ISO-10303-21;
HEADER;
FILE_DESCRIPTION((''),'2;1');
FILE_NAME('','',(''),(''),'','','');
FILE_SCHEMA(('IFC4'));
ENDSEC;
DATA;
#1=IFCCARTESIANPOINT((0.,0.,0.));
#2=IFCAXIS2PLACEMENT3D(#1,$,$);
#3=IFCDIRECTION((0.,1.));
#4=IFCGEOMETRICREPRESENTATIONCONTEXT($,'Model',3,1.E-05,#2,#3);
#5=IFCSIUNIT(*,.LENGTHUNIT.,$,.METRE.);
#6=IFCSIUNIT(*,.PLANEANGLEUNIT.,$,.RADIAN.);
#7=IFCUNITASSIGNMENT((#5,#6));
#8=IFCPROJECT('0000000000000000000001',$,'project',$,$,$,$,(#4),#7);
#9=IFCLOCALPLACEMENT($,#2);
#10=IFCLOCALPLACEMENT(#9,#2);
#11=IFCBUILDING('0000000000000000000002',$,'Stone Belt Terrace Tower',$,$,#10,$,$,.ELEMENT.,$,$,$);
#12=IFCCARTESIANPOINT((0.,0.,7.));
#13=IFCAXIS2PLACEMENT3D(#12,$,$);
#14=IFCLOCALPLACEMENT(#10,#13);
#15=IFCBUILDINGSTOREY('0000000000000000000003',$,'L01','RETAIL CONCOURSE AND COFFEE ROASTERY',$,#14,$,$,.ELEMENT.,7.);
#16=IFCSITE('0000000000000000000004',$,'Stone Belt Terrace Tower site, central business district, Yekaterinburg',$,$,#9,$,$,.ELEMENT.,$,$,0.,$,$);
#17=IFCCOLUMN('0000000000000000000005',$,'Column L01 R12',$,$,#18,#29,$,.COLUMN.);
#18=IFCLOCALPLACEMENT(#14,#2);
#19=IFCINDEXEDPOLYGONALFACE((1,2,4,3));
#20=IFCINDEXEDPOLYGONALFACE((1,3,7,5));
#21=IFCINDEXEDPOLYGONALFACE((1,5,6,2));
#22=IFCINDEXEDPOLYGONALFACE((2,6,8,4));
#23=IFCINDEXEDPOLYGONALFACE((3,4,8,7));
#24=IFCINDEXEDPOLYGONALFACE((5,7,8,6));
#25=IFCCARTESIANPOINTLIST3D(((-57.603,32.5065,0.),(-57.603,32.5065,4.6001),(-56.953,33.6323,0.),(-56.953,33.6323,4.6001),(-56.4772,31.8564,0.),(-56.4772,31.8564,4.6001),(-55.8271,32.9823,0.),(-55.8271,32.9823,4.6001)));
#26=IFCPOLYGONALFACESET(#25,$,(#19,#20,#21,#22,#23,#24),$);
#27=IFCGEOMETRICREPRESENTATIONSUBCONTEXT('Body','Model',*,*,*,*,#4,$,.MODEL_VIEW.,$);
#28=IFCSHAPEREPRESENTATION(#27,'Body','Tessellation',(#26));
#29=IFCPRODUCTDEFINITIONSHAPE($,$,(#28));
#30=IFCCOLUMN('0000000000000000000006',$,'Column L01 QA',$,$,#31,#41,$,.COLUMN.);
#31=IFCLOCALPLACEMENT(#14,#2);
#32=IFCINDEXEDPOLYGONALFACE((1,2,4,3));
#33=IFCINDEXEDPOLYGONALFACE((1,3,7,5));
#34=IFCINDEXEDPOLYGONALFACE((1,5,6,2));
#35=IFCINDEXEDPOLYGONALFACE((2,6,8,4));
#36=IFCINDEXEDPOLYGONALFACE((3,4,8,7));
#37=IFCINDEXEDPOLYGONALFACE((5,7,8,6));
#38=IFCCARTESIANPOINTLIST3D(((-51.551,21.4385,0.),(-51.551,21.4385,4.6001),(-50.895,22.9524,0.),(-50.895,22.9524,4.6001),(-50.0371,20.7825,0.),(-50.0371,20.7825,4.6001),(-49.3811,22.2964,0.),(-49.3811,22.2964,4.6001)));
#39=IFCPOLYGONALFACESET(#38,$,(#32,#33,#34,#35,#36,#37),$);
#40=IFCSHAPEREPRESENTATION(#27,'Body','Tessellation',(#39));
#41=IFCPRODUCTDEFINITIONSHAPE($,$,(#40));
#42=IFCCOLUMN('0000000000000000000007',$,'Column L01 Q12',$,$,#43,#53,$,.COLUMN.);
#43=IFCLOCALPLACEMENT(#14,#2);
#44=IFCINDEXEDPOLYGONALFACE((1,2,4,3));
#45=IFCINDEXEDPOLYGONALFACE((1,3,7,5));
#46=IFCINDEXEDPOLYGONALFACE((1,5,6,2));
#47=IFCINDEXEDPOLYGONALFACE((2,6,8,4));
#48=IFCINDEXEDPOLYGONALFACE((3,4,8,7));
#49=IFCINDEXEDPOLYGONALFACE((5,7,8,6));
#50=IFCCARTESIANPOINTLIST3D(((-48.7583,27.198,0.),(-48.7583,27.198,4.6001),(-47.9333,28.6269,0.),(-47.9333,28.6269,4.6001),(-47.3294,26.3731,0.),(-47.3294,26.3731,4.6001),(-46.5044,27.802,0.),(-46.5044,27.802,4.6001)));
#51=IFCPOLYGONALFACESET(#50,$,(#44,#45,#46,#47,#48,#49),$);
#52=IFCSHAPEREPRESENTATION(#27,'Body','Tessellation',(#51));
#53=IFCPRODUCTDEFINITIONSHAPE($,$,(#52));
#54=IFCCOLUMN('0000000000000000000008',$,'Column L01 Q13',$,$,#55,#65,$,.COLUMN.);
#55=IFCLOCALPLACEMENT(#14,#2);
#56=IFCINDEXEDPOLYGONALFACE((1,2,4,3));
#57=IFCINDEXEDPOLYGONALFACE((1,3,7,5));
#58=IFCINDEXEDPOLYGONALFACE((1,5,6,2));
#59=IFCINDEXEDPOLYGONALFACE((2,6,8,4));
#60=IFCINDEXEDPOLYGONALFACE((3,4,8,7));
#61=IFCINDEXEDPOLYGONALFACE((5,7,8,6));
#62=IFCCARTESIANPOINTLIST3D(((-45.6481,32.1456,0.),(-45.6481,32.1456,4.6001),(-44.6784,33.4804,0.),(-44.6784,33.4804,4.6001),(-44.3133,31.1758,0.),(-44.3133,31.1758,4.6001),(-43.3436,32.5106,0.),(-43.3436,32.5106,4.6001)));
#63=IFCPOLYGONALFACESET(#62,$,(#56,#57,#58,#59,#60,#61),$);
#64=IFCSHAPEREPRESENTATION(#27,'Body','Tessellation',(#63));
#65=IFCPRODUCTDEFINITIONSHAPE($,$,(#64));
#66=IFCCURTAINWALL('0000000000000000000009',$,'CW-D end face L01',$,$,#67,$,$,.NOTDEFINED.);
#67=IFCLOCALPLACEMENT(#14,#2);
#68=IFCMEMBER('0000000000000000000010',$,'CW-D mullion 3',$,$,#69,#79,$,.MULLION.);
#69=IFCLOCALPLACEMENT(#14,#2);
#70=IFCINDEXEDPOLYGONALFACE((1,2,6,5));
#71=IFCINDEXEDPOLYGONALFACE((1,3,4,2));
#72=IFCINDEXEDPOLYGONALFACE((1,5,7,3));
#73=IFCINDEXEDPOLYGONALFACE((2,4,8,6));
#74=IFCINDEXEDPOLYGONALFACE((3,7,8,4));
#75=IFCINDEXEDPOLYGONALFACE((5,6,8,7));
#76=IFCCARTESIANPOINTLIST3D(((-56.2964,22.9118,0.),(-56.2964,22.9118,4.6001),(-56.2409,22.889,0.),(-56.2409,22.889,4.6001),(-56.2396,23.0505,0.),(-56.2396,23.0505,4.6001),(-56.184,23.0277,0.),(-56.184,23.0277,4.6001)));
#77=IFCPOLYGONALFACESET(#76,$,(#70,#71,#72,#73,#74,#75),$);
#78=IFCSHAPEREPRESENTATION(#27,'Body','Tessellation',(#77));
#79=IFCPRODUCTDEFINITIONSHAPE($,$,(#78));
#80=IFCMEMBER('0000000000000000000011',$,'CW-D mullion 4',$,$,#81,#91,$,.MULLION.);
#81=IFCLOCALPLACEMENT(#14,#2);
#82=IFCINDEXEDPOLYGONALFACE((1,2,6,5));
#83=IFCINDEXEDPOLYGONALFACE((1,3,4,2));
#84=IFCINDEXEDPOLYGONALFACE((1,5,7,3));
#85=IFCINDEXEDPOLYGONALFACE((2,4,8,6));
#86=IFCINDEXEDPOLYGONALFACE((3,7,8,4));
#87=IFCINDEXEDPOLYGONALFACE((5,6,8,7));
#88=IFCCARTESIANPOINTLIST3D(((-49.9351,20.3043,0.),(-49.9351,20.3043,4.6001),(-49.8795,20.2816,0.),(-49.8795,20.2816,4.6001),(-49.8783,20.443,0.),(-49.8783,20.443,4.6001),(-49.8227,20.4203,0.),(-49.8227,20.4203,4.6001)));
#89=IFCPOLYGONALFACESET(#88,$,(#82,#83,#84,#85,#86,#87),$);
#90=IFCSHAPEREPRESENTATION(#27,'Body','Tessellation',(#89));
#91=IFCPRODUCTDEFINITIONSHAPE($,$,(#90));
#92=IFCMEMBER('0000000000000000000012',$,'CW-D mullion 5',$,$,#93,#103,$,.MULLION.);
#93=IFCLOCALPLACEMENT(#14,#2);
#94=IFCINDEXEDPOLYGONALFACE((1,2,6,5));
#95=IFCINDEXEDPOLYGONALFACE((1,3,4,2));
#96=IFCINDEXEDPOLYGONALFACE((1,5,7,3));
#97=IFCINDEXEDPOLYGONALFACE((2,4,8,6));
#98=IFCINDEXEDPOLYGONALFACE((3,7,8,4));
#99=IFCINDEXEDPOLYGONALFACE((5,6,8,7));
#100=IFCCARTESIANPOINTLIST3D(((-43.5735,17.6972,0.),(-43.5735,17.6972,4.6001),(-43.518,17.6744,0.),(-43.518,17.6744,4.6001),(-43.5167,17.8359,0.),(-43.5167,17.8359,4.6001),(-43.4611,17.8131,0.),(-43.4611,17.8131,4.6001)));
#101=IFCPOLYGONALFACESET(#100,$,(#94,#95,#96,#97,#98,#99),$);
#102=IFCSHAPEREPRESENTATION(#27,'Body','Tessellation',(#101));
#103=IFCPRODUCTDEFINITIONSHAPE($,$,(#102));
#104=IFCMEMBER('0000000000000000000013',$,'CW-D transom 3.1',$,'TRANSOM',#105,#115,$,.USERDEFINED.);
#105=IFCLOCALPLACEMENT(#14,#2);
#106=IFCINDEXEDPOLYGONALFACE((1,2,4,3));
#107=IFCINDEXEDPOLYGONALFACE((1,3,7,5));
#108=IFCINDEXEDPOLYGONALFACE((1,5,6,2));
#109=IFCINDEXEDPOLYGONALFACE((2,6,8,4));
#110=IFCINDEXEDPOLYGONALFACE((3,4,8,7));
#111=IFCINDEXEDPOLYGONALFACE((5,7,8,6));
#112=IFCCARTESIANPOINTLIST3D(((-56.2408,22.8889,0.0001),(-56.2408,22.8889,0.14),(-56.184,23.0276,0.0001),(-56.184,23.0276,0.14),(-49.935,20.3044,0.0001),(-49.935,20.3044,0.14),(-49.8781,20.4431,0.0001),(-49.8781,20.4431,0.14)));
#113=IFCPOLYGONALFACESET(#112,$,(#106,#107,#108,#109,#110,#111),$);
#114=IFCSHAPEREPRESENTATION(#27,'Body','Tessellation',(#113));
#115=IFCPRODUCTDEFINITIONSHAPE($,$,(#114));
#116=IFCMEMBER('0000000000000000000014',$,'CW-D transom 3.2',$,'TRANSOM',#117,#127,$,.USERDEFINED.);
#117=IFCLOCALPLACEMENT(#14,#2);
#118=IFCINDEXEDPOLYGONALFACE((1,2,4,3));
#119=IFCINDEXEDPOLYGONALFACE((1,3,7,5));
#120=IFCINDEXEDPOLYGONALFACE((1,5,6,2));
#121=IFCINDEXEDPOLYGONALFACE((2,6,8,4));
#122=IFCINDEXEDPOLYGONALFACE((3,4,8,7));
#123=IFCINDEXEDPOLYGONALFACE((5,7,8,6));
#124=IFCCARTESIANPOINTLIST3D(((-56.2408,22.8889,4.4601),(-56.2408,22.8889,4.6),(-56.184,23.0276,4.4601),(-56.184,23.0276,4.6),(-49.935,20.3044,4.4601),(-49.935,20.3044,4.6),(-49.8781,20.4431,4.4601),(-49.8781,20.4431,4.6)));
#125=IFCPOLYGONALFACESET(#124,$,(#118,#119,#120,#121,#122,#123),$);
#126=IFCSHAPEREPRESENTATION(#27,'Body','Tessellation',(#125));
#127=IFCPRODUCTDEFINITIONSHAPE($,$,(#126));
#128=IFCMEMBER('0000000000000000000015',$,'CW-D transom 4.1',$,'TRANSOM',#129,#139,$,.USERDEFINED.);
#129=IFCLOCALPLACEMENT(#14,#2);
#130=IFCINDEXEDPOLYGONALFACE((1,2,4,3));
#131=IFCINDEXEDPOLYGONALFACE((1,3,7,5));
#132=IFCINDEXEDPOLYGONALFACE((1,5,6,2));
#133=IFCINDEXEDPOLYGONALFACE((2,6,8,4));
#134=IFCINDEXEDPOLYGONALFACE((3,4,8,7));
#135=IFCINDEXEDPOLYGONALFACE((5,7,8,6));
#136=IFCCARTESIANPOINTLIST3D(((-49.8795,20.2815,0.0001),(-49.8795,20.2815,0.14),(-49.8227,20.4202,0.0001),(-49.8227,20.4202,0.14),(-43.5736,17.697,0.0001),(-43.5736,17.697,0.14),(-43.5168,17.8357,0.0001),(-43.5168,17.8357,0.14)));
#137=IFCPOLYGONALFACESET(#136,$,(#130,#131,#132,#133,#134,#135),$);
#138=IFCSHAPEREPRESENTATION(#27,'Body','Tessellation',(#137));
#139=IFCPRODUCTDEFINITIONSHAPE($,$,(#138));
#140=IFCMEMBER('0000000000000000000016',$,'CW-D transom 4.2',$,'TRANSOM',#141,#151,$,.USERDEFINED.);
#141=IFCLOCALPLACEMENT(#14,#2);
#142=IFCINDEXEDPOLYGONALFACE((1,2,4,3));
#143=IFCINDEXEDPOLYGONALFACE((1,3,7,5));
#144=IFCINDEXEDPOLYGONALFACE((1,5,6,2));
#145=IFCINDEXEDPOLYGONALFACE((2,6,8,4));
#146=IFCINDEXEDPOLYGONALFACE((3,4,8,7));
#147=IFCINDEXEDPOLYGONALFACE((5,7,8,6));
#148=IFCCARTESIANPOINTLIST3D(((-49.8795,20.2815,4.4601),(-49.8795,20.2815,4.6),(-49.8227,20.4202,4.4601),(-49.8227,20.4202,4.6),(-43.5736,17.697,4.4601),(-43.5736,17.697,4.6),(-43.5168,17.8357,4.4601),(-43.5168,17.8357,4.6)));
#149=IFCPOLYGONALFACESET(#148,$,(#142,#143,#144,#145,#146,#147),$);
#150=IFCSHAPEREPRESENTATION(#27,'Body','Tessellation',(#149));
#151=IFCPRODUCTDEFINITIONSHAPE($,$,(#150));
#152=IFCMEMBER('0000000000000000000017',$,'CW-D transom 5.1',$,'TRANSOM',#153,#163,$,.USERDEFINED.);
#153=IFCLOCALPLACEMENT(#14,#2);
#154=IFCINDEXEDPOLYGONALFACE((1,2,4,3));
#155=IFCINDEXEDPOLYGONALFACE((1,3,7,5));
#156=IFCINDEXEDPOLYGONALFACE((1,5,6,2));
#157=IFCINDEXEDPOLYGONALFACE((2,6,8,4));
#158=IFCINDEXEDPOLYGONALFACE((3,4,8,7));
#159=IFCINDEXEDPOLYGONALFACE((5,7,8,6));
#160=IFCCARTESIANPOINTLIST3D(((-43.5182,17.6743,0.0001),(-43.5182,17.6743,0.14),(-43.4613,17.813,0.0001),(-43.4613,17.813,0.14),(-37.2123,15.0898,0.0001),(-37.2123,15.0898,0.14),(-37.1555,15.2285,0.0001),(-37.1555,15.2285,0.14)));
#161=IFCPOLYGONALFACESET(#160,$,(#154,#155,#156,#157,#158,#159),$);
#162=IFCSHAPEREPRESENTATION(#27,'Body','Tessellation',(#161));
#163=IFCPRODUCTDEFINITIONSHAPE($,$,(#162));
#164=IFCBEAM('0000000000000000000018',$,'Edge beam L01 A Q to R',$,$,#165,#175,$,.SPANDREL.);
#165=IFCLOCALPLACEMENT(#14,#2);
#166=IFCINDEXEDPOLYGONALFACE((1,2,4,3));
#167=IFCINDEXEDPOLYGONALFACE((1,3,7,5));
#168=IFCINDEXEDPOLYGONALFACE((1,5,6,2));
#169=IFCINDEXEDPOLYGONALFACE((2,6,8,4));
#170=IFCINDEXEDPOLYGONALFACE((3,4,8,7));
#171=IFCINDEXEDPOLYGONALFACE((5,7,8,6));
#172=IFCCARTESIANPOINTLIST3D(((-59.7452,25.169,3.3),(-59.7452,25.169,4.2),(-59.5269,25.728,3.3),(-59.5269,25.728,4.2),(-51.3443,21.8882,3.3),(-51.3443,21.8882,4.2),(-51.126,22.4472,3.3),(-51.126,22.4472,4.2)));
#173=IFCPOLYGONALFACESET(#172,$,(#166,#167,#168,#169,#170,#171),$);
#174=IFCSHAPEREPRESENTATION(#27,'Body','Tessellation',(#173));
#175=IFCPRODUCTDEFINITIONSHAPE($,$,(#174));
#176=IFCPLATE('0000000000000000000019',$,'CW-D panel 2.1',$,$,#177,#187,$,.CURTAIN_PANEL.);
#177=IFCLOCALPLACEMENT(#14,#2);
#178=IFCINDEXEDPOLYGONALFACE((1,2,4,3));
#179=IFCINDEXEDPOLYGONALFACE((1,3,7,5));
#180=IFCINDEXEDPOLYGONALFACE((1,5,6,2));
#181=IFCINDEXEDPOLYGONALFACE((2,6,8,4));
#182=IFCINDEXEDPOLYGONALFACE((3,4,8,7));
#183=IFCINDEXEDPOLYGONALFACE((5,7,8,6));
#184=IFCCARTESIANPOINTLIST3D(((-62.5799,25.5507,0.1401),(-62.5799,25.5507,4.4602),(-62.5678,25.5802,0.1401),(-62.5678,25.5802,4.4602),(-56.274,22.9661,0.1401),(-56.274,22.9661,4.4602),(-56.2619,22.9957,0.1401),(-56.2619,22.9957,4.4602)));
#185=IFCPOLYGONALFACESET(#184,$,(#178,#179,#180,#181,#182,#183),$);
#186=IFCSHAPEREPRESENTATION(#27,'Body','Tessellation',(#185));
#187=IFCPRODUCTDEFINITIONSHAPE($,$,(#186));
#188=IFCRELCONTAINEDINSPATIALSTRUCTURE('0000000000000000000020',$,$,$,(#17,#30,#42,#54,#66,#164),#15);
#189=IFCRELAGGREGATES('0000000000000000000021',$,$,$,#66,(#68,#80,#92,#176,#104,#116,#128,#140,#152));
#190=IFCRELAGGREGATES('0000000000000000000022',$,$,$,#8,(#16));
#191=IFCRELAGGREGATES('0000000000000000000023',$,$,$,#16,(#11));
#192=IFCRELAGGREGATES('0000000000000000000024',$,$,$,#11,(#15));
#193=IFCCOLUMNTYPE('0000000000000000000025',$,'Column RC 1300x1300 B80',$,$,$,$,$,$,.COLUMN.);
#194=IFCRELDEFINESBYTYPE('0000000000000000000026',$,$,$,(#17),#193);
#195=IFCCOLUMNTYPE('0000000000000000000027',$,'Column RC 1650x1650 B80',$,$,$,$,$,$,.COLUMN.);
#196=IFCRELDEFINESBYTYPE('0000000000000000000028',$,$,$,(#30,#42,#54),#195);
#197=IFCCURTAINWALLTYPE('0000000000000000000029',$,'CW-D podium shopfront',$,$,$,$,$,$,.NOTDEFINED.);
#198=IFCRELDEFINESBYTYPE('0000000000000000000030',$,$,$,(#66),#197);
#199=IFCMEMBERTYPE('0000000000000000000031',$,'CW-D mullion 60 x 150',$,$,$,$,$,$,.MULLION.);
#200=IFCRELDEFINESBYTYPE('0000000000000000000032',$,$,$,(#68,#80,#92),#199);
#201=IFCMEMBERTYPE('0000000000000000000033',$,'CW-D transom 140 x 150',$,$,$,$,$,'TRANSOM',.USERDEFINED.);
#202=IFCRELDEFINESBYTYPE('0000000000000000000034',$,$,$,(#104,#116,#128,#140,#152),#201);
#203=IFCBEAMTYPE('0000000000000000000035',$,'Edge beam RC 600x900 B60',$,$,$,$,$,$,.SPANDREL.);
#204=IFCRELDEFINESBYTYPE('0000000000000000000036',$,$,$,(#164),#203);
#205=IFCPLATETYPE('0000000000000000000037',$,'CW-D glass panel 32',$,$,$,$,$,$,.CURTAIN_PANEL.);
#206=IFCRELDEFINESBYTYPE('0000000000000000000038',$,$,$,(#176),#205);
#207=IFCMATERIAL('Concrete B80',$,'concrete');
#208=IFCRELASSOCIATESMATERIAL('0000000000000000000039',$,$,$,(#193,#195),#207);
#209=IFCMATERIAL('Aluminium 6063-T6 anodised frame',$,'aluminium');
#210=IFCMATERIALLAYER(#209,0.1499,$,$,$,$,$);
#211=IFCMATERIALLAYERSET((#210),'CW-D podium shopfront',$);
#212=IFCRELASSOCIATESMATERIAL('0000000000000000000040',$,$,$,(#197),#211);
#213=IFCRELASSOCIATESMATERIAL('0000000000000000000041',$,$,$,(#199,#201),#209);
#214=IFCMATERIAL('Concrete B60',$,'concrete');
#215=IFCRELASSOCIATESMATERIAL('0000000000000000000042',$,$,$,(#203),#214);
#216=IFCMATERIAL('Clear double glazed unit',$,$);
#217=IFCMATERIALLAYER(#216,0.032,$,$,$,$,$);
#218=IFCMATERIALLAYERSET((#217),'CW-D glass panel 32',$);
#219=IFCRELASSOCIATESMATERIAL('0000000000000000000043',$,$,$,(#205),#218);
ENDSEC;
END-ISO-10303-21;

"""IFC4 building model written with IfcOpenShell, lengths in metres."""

from ifc_helpers import new_model, si_unit, direction, frame, origin, origin_2d, place, context, subcontext, project, spatial, rectangle, extrude, material, layer, layer_set, material_profile, profile_set, type_object, element, aggregate, save


model = new_model("IFC4")

# Units and contexts
model_context = context("Model", 3, precision=1e-05, world=origin(), true_north=direction((0.0, 1.0)))
body_context = subcontext(model_context, "Body", "Model", "MODEL_VIEW")
ifc_project = project(units=[si_unit("LENGTHUNIT", "METRE"), si_unit("PLANEANGLEUNIT", "RADIAN")], contexts=[model_context])

# Site, building, storey
site_placement = place(None, origin())
site = spatial("IfcSite", under=ifc_project, at=site_placement, Name="Stone Belt Terrace Tower site, central business district, Yekaterinburg", CompositionType="ELEMENT", RefElevation=0.0)
building_placement = place(site_placement, origin())
building = spatial("IfcBuilding", under=site, at=building_placement, Name="Stone Belt Terrace Tower", CompositionType="ELEMENT")
storey_placement = place(building_placement, frame((0.0, 0.0, 7.0)))
storey = spatial("IfcBuildingStorey", under=building, at=storey_placement, Name="L01", Description="RETAIL CONCOURSE AND COFFEE ROASTERY", CompositionType="ELEMENT", Elevation=7.0)

# Columns
ifc_material_1 = material(Name="Concrete B80", Category="concrete")
ifc_material_profile_1 = material_profile(ifc_material_1, rectangle(XDim=1.3, YDim=1.3, at=origin_2d()), Name="RC 1300x1300")
ifc_profile_set_1 = profile_set([ifc_material_profile_1], Name="Concrete B80")
column_type_1 = type_object("IfcColumnType", Name="Column RC 1300x1300 B80", PredefinedType="COLUMN", material=ifc_profile_set_1)
column_placement = place(storey_placement, frame((-56.7151, 32.7444, 0.0), z_axis=(0.0, 0.0, 1.0), x_axis=(0.5, 0.866025, 0.0)))
element("IfcColumn", 1, at=column_placement, inside=storey, type_object=column_type_1, Name="Column L01 R12", PredefinedType="COLUMN", context=body_context, shape_type="SweptSolid", body=[
    extrude(rectangle(XDim=1.3, YDim=1.3, at=origin_2d()), origin(), (0.0, 0.0, 1.0), 4.6001),
])
ifc_material_profile_2 = material_profile(ifc_material_1, rectangle(XDim=1.6499, YDim=1.6499, at=origin_2d()), Name="RC 1650x1650")
ifc_profile_set_2 = profile_set([ifc_material_profile_2], Name="Concrete B80")
column_type_2 = type_object("IfcColumnType", Name="Column RC 1650x1650 B80", PredefinedType="COLUMN", material=ifc_profile_set_2)
for number, where, z_axis, x_axis, name in (
    (2, (-50.4661, 21.8674, 0.0), (0.0, 0.0, 1.0), (0.397588, 0.917564, 0.0), "Column L01 QA"),
    (3, (-47.6313, 27.5, 0.0), (0.0, 0.0, 1.0), (0.5, 0.866025, 0.0), "Column L01 Q12"),
    (4, (-44.4958, 32.3281, 0.0), (0.0, 0.0, 1.0), (0.587785, 0.809017, 0.0), "Column L01 Q13"),
):
    element("IfcColumn", number, at=place(storey_placement, frame(where, z_axis=z_axis, x_axis=x_axis)), inside=storey, type_object=column_type_2, Name=name, PredefinedType="COLUMN", context=body_context, shape_type="SweptSolid", body=[
        extrude(rectangle(XDim=1.6499, YDim=1.6499, at=origin_2d()), origin(), (0.0, 0.0, 1.0), 4.6001),
    ])

# Curtain wall, members
ifc_material_2 = material(Name="Aluminium 6063-T6 anodised frame", Category="aluminium")
ifc_layer_1 = layer(ifc_material_2, 0.1499)
ifc_layer_set_1 = layer_set([ifc_layer_1], Name="CW-D podium shopfront")
curtain_wall_type = type_object("IfcCurtainWallType", Name="CW-D podium shopfront", PredefinedType="NOTDEFINED", material=ifc_layer_set_1)
curtain_wall_placement = place(storey_placement, origin())
curtain_wall = element("IfcCurtainWall", 5, at=curtain_wall_placement, inside=storey, type_object=curtain_wall_type, Name="CW-D end face L01", PredefinedType="NOTDEFINED")
ifc_material_profile_3 = material_profile(ifc_material_2, rectangle(XDim=0.1499, YDim=0.0601, at=origin_2d()), Name="Aluminium 6063-T6 60x150")
ifc_profile_set_3 = profile_set([ifc_material_profile_3], Name="Aluminium 6063-T6 anodised frame")
member_type_1 = type_object("IfcMemberType", Name="CW-D mullion 60 x 150", PredefinedType="MULLION", material=ifc_profile_set_3)
member_1_placement = place(storey_placement, frame((-56.2402, 22.9697, 0.0), z_axis=(0.0, 0.0, 1.0), x_axis=(0.379243, 0.925297, 0.0)))
member_1 = element("IfcMember", 6, at=member_1_placement, type_object=member_type_1, Name="CW-D mullion 3", PredefinedType="MULLION", context=body_context, shape_type="SweptSolid", body=[
    extrude(rectangle(XDim=0.1499, YDim=0.0601, at=origin_2d()), origin(), (0.0, 0.0, 1.0), 4.6001),
])
member_2_placement = place(storey_placement, frame((-49.8789, 20.3623, 0.0), z_axis=(0.0, 0.0, 1.0), x_axis=(0.379243, 0.925297, 0.0)))
member_2 = element("IfcMember", 7, at=member_2_placement, type_object=member_type_1, Name="CW-D mullion 4", PredefinedType="MULLION", context=body_context, shape_type="SweptSolid", body=[
    extrude(rectangle(XDim=0.1499, YDim=0.0601, at=origin_2d()), origin(), (0.0, 0.0, 1.0), 4.6001),
])
member_3_placement = place(storey_placement, frame((-43.5173, 17.7551, 0.0), z_axis=(0.0, 0.0, 1.0), x_axis=(0.379243, 0.925297, 0.0)))
member_3 = element("IfcMember", 8, at=member_3_placement, type_object=member_type_1, Name="CW-D mullion 5", PredefinedType="MULLION", context=body_context, shape_type="SweptSolid", body=[
    extrude(rectangle(XDim=0.1499, YDim=0.0601, at=origin_2d()), origin(), (0.0, 0.0, 1.0), 4.6001),
])
ifc_material_profile_4 = material_profile(ifc_material_2, rectangle(XDim=0.1499, YDim=0.1399, at=origin_2d()), Name="Aluminium 6063-T6 150x140")
ifc_profile_set_4 = profile_set([ifc_material_profile_4], Name="Aluminium 6063-T6 anodised frame")
member_type_2 = type_object("IfcMemberType", Name="CW-D transom 140 x 150", ElementType="TRANSOM", PredefinedType="USERDEFINED", material=ifc_profile_set_4)
member_4_placement = place(storey_placement, frame((-56.2124, 22.9583, 0.0701), z_axis=(0.925301, -0.379234, 0.0), x_axis=(0.379234, 0.925301, 0.0)))
member_4 = element("IfcMember", 9, at=member_4_placement, type_object=member_type_2, Name="CW-D transom 3.1", ObjectType="TRANSOM", PredefinedType="USERDEFINED", context=body_context, shape_type="SweptSolid", body=[
    extrude(rectangle(XDim=0.1499, YDim=0.1399, at=origin_2d()), origin(), (0.0, 0.0, 1.0), 6.8149),
])
member_5_placement = place(storey_placement, frame((-56.2124, 22.9583, 4.53), z_axis=(0.925301, -0.379234, 0.0), x_axis=(0.379234, 0.925301, 0.0)))
member_5 = element("IfcMember", 10, at=member_5_placement, type_object=member_type_2, Name="CW-D transom 3.2", ObjectType="TRANSOM", PredefinedType="USERDEFINED", context=body_context, shape_type="SweptSolid", body=[
    extrude(rectangle(XDim=0.1499, YDim=0.1399, at=origin_2d()), origin(), (0.0, 0.0, 1.0), 6.8149),
])
member_6_placement = place(storey_placement, frame((-49.8511, 20.3508, 0.0701), z_axis=(0.925301, -0.379234, 0.0), x_axis=(0.379234, 0.925301, 0.0)))
member_6 = element("IfcMember", 11, at=member_6_placement, type_object=member_type_2, Name="CW-D transom 4.1", ObjectType="TRANSOM", PredefinedType="USERDEFINED", context=body_context, shape_type="SweptSolid", body=[
    extrude(rectangle(XDim=0.1499, YDim=0.1399, at=origin_2d()), origin(), (0.0, 0.0, 1.0), 6.8149),
])
member_7_placement = place(storey_placement, frame((-49.8511, 20.3508, 4.53), z_axis=(0.925301, -0.379234, 0.0), x_axis=(0.379234, 0.925301, 0.0)))
member_7 = element("IfcMember", 12, at=member_7_placement, type_object=member_type_2, Name="CW-D transom 4.2", ObjectType="TRANSOM", PredefinedType="USERDEFINED", context=body_context, shape_type="SweptSolid", body=[
    extrude(rectangle(XDim=0.1499, YDim=0.1399, at=origin_2d()), origin(), (0.0, 0.0, 1.0), 6.8149),
])
member_8_placement = place(storey_placement, frame((-43.4897, 17.7437, 0.0701), z_axis=(0.925301, -0.379234, 0.0), x_axis=(0.379234, 0.925301, 0.0)))
member_8 = element("IfcMember", 13, at=member_8_placement, type_object=member_type_2, Name="CW-D transom 5.1", ObjectType="TRANSOM", PredefinedType="USERDEFINED", context=body_context, shape_type="SweptSolid", body=[
    extrude(rectangle(XDim=0.1499, YDim=0.1399, at=origin_2d()), origin(), (0.0, 0.0, 1.0), 6.8149),
])

# Beam
ifc_material_3 = material(Name="Concrete B60", Category="concrete")
ifc_material_profile_5 = material_profile(ifc_material_3, rectangle(XDim=0.6001, YDim=0.8999, at=origin_2d()), Name="RC 600x900")
ifc_profile_set_5 = profile_set([ifc_material_profile_5], Name="Concrete B60")
beam_type = type_object("IfcBeamType", Name="Edge beam RC 600x900 B60", PredefinedType="SPANDREL", material=ifc_profile_set_5)
beam_placement = place(storey_placement, frame((-51.2351, 22.1677, 3.75), z_axis=(-0.931489, 0.363771, 0.0), x_axis=(-0.363771, -0.931489, 0.0)))
element("IfcBeam", 14, at=beam_placement, inside=storey, type_object=beam_type, Name="Edge beam L01 A Q to R", PredefinedType="SPANDREL", context=body_context, shape_type="SweptSolid", body=[
    extrude(rectangle(XDim=0.6001, YDim=0.8999, at=origin_2d()), origin(), (0.0, 0.0, 1.0), 9.0188),
])

# Plate
ifc_material_4 = material(Name="Clear double glazed unit")
ifc_layer_2 = layer(ifc_material_4, 0.032)
ifc_layer_set_2 = layer_set([ifc_layer_2], Name="CW-D glass panel 32")
plate_type = type_object("IfcPlateType", Name="CW-D glass panel 32", PredefinedType="CURTAIN_PANEL", material=ifc_layer_set_2)
plate_1_placement = place(storey_placement, frame((-59.4209, 24.2732, 0.1401), z_axis=(0.0, 0.0, 1.0), x_axis=(0.925297, -0.379243, 0.0)))
plate_1 = element("IfcPlate", 15, at=plate_1_placement, type_object=plate_type, Name="CW-D panel 2.1", PredefinedType="CURTAIN_PANEL", context=body_context, shape_type="SweptSolid", body=[
    extrude(rectangle(XDim=6.8149, YDim=0.032, at=origin_2d()), origin(), (0.0, 0.0, 1.0), 4.3201),
])
aggregate(curtain_wall, [member_1, member_2, member_3, plate_1, member_4, member_5, member_6, member_7, member_8])

save(model, "model.ifc")
